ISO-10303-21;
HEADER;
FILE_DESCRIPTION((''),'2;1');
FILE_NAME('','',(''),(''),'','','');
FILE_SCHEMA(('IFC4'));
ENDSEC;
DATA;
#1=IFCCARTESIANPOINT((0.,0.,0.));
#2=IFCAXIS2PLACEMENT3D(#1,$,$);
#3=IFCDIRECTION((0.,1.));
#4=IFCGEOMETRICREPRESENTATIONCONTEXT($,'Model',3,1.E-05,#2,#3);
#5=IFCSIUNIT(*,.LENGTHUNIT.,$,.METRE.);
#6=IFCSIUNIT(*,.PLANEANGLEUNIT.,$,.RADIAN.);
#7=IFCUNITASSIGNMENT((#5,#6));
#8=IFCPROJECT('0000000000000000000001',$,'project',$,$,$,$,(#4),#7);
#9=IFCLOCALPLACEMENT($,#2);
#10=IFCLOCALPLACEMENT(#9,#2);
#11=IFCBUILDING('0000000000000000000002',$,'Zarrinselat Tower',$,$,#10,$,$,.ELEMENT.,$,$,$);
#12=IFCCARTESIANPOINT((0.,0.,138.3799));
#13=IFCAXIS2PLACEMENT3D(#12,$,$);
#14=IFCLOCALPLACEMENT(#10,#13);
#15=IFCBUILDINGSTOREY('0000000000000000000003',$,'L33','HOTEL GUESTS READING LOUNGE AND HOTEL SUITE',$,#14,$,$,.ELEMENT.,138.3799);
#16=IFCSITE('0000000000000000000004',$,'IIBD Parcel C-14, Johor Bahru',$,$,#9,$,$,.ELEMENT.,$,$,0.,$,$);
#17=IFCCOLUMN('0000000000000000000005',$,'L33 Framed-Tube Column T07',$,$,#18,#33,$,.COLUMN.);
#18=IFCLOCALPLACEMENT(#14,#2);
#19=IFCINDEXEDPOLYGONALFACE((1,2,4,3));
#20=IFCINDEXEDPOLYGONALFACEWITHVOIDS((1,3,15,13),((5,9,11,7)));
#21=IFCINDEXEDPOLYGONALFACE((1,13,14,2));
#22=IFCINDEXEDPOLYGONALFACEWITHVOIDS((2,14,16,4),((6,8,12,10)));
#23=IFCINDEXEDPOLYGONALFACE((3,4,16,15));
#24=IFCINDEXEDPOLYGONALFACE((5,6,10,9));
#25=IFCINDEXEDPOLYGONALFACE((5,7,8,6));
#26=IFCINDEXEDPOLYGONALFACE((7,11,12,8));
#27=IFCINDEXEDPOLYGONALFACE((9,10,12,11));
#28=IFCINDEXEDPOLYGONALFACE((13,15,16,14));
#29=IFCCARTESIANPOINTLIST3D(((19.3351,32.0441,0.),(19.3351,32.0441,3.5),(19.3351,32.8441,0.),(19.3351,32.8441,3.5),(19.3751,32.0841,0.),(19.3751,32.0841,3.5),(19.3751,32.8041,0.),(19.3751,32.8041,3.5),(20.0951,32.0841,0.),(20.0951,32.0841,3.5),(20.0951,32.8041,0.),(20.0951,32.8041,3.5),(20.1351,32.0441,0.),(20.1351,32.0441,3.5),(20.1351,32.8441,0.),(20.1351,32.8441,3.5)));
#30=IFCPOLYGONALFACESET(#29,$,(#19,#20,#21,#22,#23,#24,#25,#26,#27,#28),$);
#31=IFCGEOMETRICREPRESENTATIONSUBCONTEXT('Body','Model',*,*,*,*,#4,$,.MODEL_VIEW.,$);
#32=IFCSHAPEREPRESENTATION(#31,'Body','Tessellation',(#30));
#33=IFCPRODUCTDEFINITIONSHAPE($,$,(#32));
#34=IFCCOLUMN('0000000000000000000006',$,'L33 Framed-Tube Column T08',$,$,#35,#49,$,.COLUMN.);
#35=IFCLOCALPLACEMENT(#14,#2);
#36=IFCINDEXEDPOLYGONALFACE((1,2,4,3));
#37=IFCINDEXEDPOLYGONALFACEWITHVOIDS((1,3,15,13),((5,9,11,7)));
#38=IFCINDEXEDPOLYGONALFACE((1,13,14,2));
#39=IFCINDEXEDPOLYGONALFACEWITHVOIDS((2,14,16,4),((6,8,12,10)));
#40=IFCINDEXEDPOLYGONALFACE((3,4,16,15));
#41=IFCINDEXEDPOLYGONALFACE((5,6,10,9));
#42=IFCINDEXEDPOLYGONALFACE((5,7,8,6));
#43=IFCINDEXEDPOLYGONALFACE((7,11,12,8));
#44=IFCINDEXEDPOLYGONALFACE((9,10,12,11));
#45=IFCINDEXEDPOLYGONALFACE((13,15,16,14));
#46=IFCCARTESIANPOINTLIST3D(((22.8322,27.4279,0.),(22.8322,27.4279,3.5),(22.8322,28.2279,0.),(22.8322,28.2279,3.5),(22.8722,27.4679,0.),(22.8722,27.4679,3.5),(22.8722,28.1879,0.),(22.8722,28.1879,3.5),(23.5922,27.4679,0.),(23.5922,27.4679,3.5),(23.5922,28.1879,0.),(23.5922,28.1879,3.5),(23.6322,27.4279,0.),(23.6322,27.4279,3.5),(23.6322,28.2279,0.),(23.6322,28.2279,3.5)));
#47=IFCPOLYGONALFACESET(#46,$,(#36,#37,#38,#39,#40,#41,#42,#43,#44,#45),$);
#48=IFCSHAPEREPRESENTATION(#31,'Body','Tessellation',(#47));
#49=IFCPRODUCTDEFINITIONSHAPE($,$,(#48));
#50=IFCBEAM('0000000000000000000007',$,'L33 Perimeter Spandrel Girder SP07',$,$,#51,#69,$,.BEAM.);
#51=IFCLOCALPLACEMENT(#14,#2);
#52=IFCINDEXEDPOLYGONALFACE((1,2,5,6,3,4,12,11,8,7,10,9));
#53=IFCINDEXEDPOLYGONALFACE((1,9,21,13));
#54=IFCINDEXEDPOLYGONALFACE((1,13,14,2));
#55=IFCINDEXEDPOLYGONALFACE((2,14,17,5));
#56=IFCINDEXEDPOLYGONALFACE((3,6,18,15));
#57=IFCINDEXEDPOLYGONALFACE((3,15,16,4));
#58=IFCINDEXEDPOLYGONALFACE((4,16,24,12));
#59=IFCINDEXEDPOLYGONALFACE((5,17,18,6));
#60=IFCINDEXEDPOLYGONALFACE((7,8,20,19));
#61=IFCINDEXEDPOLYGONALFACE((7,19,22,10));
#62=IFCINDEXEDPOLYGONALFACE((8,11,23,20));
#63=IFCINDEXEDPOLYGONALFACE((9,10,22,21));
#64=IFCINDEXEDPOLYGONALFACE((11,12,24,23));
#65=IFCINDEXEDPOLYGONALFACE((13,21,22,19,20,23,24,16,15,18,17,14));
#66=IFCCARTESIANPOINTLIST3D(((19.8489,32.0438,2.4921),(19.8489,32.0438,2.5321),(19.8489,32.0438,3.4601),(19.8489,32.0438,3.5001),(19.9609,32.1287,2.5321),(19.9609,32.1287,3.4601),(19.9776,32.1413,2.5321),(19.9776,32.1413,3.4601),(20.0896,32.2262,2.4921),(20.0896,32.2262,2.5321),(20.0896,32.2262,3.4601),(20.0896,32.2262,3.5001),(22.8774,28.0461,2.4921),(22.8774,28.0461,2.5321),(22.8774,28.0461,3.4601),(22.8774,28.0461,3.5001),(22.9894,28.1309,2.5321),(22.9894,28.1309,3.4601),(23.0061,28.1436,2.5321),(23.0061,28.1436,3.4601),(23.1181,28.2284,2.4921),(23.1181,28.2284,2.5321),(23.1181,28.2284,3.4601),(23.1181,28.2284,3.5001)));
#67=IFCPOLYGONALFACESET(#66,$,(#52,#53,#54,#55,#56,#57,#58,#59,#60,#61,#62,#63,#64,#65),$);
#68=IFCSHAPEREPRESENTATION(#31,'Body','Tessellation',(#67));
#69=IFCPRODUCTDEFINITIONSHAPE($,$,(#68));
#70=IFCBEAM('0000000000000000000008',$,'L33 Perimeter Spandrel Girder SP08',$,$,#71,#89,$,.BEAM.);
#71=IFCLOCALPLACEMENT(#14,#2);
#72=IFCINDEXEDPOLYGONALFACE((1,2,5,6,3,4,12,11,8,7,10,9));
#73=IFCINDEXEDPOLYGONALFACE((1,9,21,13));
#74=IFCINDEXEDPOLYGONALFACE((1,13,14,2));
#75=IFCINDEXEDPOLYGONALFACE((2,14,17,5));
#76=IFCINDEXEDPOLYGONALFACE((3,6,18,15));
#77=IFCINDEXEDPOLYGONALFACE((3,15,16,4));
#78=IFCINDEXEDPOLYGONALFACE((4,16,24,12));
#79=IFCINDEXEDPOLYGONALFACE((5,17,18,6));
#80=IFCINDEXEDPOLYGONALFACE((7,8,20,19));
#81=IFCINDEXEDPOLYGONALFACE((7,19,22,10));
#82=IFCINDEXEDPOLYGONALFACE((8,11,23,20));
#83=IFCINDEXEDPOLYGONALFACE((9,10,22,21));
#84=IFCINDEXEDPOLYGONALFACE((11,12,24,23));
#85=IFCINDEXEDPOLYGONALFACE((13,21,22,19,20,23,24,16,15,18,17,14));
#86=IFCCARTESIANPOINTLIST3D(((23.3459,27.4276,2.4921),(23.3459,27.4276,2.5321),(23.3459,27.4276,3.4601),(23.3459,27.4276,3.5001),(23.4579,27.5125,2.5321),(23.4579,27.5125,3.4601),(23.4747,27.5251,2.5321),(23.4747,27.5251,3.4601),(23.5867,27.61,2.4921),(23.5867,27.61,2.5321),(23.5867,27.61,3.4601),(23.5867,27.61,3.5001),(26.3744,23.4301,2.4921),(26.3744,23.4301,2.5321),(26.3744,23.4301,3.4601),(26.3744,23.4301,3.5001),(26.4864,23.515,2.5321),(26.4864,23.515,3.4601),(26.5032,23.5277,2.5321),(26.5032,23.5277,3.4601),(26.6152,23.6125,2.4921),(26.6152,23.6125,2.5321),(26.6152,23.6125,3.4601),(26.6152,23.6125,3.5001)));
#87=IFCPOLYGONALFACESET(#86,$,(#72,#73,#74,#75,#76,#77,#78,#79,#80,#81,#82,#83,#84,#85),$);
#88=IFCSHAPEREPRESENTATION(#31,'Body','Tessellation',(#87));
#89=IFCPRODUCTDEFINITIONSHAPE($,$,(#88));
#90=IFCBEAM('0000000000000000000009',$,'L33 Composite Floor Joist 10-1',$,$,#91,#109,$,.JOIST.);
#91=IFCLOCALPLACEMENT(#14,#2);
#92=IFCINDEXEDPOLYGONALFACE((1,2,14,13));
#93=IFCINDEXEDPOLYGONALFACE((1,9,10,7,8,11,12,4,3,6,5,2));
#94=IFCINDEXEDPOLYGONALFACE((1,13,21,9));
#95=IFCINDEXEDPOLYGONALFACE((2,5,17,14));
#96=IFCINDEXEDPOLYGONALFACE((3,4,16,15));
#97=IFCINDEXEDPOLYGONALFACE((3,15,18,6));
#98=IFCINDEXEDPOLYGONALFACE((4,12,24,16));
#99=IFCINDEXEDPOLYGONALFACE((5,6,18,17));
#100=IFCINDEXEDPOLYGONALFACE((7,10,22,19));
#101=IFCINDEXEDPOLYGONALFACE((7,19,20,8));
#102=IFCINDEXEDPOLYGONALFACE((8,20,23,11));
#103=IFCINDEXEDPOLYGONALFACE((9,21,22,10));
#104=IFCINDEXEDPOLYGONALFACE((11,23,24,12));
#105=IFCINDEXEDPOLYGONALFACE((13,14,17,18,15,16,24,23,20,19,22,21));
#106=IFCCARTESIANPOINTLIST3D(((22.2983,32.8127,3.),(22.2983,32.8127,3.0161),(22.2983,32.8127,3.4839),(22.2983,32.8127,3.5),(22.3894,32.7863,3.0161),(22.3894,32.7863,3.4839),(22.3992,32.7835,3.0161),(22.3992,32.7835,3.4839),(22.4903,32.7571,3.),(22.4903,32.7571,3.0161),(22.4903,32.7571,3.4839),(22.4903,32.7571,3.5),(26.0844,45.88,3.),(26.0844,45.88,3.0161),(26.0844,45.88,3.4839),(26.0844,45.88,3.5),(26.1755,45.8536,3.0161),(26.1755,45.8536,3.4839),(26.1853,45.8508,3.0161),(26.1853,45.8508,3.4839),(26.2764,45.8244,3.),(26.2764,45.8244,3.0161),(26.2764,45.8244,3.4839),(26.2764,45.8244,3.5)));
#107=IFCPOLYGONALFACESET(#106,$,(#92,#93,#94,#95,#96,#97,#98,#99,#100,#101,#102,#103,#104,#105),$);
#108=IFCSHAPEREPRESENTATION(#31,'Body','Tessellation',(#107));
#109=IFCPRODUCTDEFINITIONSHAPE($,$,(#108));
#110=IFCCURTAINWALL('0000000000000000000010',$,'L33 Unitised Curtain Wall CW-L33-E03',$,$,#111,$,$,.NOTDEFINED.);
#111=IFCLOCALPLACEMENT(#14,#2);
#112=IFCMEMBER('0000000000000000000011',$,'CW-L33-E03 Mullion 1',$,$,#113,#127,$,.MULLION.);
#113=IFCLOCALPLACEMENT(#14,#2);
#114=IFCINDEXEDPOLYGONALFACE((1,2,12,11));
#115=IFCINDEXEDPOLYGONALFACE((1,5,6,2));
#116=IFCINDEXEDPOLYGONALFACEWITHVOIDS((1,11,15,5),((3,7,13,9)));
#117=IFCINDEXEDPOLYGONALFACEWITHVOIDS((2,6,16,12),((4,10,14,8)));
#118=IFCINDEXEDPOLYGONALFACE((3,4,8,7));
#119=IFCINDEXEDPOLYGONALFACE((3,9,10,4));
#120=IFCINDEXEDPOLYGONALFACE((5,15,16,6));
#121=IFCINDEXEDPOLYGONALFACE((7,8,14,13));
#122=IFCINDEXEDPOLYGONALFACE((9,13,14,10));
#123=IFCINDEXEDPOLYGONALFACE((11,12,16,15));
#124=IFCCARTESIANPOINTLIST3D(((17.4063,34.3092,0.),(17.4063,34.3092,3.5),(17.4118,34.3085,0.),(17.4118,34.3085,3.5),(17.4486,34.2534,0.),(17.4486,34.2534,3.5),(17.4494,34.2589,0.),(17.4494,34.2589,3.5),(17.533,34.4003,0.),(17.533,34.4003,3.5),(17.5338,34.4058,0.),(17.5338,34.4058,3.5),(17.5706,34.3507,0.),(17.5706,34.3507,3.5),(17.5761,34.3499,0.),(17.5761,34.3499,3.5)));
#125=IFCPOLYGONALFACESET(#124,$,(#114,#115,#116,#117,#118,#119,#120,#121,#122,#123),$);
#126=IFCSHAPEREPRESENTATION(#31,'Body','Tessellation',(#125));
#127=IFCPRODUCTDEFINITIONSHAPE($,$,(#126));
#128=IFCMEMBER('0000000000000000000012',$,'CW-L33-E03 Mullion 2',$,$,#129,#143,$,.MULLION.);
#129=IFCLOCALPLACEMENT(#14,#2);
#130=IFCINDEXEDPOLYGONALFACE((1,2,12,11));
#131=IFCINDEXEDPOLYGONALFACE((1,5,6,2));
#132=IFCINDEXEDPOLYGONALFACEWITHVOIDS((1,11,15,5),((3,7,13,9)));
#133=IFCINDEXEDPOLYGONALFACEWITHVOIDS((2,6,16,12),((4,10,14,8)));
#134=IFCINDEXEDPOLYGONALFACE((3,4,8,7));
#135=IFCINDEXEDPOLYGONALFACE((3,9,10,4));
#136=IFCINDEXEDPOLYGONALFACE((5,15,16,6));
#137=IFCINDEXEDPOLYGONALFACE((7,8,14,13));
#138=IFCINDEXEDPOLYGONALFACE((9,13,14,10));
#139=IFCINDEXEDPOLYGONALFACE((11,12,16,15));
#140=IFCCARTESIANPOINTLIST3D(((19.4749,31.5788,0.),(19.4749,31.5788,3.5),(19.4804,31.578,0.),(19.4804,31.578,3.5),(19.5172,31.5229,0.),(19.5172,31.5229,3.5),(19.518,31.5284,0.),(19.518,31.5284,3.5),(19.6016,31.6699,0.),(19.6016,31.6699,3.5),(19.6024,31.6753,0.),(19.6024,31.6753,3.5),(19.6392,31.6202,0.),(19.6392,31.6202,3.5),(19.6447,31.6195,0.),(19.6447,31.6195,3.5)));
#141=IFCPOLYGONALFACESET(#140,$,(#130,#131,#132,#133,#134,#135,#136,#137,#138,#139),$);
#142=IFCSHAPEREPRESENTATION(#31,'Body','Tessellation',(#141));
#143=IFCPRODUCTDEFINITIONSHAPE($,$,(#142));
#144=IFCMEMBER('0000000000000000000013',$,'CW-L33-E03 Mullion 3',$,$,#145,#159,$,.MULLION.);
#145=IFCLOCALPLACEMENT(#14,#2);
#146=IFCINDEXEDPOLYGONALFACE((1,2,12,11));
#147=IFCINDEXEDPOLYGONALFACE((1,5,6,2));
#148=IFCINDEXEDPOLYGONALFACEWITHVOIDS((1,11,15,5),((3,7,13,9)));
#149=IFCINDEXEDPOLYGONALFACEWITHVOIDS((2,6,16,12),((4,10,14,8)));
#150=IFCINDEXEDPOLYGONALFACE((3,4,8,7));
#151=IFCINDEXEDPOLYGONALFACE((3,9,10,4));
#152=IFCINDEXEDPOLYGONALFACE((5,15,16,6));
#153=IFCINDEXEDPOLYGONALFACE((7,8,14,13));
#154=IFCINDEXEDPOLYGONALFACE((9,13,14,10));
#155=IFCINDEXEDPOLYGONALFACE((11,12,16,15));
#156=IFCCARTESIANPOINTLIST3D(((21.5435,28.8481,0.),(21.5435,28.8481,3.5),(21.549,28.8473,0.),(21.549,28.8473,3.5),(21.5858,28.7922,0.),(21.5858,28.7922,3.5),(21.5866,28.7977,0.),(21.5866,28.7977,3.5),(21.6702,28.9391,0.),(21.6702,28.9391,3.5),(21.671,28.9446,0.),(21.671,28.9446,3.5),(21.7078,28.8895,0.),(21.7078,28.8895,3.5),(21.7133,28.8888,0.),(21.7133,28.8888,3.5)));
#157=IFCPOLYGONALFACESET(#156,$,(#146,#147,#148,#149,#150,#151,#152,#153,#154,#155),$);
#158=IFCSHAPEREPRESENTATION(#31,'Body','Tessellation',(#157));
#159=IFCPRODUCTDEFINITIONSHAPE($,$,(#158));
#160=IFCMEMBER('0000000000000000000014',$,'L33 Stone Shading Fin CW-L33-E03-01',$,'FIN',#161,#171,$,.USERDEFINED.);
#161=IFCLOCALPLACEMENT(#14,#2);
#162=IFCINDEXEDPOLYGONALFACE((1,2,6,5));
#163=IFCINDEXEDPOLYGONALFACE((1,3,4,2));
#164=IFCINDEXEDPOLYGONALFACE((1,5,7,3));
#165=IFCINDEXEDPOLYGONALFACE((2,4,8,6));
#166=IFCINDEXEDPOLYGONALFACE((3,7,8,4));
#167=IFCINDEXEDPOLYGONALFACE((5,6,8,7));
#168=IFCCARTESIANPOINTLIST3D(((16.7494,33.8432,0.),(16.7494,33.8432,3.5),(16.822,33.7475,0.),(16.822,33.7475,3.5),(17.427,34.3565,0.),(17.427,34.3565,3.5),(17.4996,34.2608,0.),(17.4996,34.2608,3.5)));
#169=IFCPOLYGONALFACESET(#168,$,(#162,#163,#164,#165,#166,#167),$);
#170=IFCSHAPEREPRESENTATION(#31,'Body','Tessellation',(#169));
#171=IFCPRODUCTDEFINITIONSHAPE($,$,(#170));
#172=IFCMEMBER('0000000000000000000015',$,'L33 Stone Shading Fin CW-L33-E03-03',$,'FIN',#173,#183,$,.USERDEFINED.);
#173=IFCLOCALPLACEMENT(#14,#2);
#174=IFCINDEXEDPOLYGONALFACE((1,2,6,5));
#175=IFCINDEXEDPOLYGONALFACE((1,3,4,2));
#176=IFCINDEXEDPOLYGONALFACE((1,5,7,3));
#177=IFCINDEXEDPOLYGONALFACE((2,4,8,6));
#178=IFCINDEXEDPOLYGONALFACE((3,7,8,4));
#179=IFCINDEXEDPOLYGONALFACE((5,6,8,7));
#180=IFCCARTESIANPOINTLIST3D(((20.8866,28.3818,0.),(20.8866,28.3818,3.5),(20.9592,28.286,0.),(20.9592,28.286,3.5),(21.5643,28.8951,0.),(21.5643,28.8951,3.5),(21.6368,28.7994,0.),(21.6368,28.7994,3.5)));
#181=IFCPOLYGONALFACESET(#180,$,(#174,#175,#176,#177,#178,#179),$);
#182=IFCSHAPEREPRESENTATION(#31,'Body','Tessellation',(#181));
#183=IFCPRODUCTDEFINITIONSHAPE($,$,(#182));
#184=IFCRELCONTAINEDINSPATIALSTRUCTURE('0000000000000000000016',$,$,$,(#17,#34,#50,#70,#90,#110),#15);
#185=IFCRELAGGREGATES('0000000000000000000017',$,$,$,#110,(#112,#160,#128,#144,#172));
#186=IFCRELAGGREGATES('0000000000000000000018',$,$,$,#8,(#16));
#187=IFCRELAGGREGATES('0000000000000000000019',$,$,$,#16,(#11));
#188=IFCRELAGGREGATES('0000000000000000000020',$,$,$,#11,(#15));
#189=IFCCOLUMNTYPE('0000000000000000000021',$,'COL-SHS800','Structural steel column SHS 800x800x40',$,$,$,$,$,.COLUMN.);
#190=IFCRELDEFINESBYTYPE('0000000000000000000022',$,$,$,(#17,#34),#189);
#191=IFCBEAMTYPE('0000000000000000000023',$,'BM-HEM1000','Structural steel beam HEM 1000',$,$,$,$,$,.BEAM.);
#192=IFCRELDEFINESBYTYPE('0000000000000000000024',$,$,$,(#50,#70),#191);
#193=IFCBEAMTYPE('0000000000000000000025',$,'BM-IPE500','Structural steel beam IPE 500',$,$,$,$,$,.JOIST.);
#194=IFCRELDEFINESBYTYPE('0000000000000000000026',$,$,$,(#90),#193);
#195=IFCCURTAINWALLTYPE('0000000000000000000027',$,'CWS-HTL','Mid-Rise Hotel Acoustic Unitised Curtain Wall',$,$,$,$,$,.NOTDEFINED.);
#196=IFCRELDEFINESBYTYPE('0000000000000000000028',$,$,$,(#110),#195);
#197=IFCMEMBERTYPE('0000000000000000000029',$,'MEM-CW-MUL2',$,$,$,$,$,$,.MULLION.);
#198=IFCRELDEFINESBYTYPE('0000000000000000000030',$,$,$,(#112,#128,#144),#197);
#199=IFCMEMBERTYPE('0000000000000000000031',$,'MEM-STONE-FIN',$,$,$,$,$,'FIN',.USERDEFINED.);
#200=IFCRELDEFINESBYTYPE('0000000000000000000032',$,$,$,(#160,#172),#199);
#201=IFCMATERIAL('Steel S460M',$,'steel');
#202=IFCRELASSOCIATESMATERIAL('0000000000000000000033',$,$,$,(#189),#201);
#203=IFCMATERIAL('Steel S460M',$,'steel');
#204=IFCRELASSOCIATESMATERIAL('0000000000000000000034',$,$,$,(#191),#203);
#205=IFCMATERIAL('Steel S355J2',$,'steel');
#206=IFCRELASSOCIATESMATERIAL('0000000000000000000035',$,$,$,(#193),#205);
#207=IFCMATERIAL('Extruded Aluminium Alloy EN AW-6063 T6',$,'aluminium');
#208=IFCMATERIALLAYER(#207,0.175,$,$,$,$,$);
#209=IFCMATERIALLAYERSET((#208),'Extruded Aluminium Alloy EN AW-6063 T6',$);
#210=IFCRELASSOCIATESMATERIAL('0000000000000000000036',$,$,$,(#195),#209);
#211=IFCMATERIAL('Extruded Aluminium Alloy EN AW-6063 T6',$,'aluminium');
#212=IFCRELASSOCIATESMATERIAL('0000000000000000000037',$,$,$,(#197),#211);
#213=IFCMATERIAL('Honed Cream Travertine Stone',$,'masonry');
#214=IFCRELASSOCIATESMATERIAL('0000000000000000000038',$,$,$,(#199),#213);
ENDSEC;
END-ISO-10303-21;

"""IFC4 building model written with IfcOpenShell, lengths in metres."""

from ifc_helpers import new_model, si_unit, direction, frame, origin, origin_2d, place, context, subcontext, project, spatial, rectangle, hollow_rectangle, i_section, extrude, material, layer, layer_set, material_profile, profile_set, type_object, element, aggregate, save


model = new_model("IFC4")

# Units and contexts
model_context = context("Model", 3, precision=1e-05, world=origin(), true_north=direction((0.0, 1.0)))
body_context = subcontext(model_context, "Body", "Model", "MODEL_VIEW")
ifc_project = project(units=[si_unit("LENGTHUNIT", "METRE"), si_unit("PLANEANGLEUNIT", "RADIAN")], contexts=[model_context])

# Site, building, storey
site_placement = place(None, origin())
site = spatial("IfcSite", under=ifc_project, at=site_placement, Name="IIBD Parcel C-14, Johor Bahru", CompositionType="ELEMENT", RefElevation=0.0)
building_placement = place(site_placement, origin())
building = spatial("IfcBuilding", under=site, at=building_placement, Name="Zarrinselat Tower", CompositionType="ELEMENT")
storey_placement = place(building_placement, frame((0.0, 0.0, 138.3799)))
storey = spatial("IfcBuildingStorey", under=building, at=storey_placement, Name="L33", Description="HOTEL GUESTS READING LOUNGE AND HOTEL SUITE", CompositionType="ELEMENT", Elevation=138.3799)

# Columns
ifc_material_1 = material(Name="Steel S460M", Category="steel")
ifc_material_profile_1 = material_profile(ifc_material_1, hollow_rectangle(XDim=0.8, YDim=0.8, WallThickness=0.04, at=origin_2d()), Name="SHS 800x800x40")
ifc_profile_set_1 = profile_set([ifc_material_profile_1], Name="Steel S460M")
column_type = type_object("IfcColumnType", Name="COL-SHS800", Description="Structural steel column SHS 800x800x40", PredefinedType="COLUMN", material=ifc_profile_set_1)
for number, where, z_axis, x_axis, name in (
    (1, (19.7351, 32.4441, 0.0), (0.0, 0.0, 1.0), (1.0, 0.0, 0.0), "L33 Framed-Tube Column T07"),
    (2, (23.2322, 27.8279, 0.0), (0.0, 0.0, 1.0), (1.0, 0.0, 0.0), "L33 Framed-Tube Column T08"),
):
    element("IfcColumn", number, at=place(storey_placement, frame(where, z_axis=z_axis, x_axis=x_axis)), inside=storey, type_object=column_type, Name=name, PredefinedType="COLUMN", context=body_context, shape_type="SweptSolid", body=[
        extrude(hollow_rectangle(XDim=0.8, YDim=0.8, WallThickness=0.04, at=origin_2d()), origin(), (0.0, 0.0, 1.0), 3.5),
    ])

# Beams
ifc_material_2 = material(Name="Steel S460M", Category="steel")
ifc_material_profile_2 = material_profile(ifc_material_2, i_section(OverallWidth=0.302, OverallDepth=1.0081, WebThickness=0.021, FlangeThickness=0.04, at=origin_2d()), Name="HEM 1000")
ifc_profile_set_2 = profile_set([ifc_material_profile_2], Name="Steel S460M")
beam_type_1 = type_object("IfcBeamType", Name="BM-HEM1000", Description="Structural steel beam HEM 1000", PredefinedType="BEAM", material=ifc_profile_set_2)
beam_1_placement = place(storey_placement, frame((19.9692, 32.135, 2.9961), z_axis=(0.603848, -0.797099, 0.0), x_axis=(0.797099, 0.603848, 0.0)))
element("IfcBeam", 3, at=beam_1_placement, inside=storey, type_object=beam_type_1, Name="L33 Perimeter Spandrel Girder SP07", PredefinedType="BEAM", context=body_context, shape_type="SweptSolid", body=[
    extrude(i_section(OverallWidth=0.302, OverallDepth=1.0081, WebThickness=0.021, FlangeThickness=0.04, at=origin_2d()), origin(), (0.0, 0.0, 1.0), 5.0154),
])
beam_2_placement = place(storey_placement, frame((23.4663, 27.5188, 2.9961), z_axis=(0.603872, -0.797081, 0.0), x_axis=(0.797081, 0.603872, 0.0)))
element("IfcBeam", 4, at=beam_2_placement, inside=storey, type_object=beam_type_1, Name="L33 Perimeter Spandrel Girder SP08", PredefinedType="BEAM", context=body_context, shape_type="SweptSolid", body=[
    extrude(i_section(OverallWidth=0.302, OverallDepth=1.0081, WebThickness=0.021, FlangeThickness=0.04, at=origin_2d()), origin(), (0.0, 0.0, 1.0), 5.0151),
])
ifc_material_3 = material(Name="Steel S355J2", Category="steel")
ifc_material_profile_3 = material_profile(ifc_material_3, i_section(OverallWidth=0.2, OverallDepth=0.5, WebThickness=0.0103, FlangeThickness=0.0161, at=origin_2d()), Name="IPE 500")
ifc_profile_set_3 = profile_set([ifc_material_profile_3], Name="Steel S355J2")
beam_type_2 = type_object("IfcBeamType", Name="BM-IPE500", Description="Structural steel beam IPE 500", PredefinedType="JOIST", material=ifc_profile_set_3)
beam_3_placement = place(storey_placement, frame((22.3943, 32.7849, 3.25), z_axis=(0.278293, 0.960496, 0.0), x_axis=(-0.960496, 0.278293, 0.0)))
element("IfcBeam", 5, at=beam_3_placement, inside=storey, type_object=beam_type_2, Name="L33 Composite Floor Joist 10-1", PredefinedType="JOIST", context=body_context, shape_type="SweptSolid", body=[
    extrude(i_section(OverallWidth=0.2, OverallDepth=0.5, WebThickness=0.0103, FlangeThickness=0.0161, at=origin_2d()), origin(), (0.0, 0.0, 1.0), 13.6047),
])

# Curtain wall, members
ifc_material_4 = material(Name="Extruded Aluminium Alloy EN AW-6063 T6", Category="aluminium")
ifc_layer_1 = layer(ifc_material_4, 0.175)
ifc_layer_set_1 = layer_set([ifc_layer_1], Name="Extruded Aluminium Alloy EN AW-6063 T6")
curtain_wall_type = type_object("IfcCurtainWallType", Name="CWS-HTL", Description="Mid-Rise Hotel Acoustic Unitised Curtain Wall", PredefinedType="NOTDEFINED", material=ifc_layer_set_1)
curtain_wall_placement = place(storey_placement, origin())
curtain_wall = element("IfcCurtainWall", 6, at=curtain_wall_placement, inside=storey, type_object=curtain_wall_type, Name="L33 Unitised Curtain Wall CW-L33-E03", PredefinedType="NOTDEFINED")
ifc_material_5 = material(Name="Extruded Aluminium Alloy EN AW-6063 T6", Category="aluminium")
ifc_material_profile_4 = material_profile(ifc_material_5, hollow_rectangle(XDim=0.0701, YDim=0.1599, WallThickness=0.0039, at=origin_2d()), Name="RHS 160x70x4")
ifc_profile_set_4 = profile_set([ifc_material_profile_4], Name="Extruded Aluminium Alloy EN AW-6063 T6")
member_type_1 = type_object("IfcMemberType", Name="MEM-CW-MUL2", PredefinedType="MULLION", material=ifc_profile_set_4)
member_1_placement = place(storey_placement, frame((17.4912, 34.3296, 0.0), z_axis=(0.0, 0.0, 1.0), x_axis=(0.603856, -0.797094, 0.0)))
member_1 = element("IfcMember", 7, at=member_1_placement, type_object=member_type_1, Name="CW-L33-E03 Mullion 1", PredefinedType="MULLION", context=body_context, shape_type="SweptSolid", body=[
    extrude(hollow_rectangle(XDim=0.0701, YDim=0.1599, WallThickness=0.0039, at=origin_2d()), origin(), (0.0, 0.0, 1.0), 3.5),
])
member_2_placement = place(storey_placement, frame((19.5598, 31.5991, 0.0), z_axis=(0.0, 0.0, 1.0), x_axis=(0.603856, -0.797094, 0.0)))
member_2 = element("IfcMember", 8, at=member_2_placement, type_object=member_type_1, Name="CW-L33-E03 Mullion 2", PredefinedType="MULLION", context=body_context, shape_type="SweptSolid", body=[
    extrude(hollow_rectangle(XDim=0.0701, YDim=0.1599, WallThickness=0.0039, at=origin_2d()), origin(), (0.0, 0.0, 1.0), 3.5),
])
member_3_placement = place(storey_placement, frame((21.6284, 28.8684, 0.0), z_axis=(0.0, 0.0, 1.0), x_axis=(0.603856, -0.797094, 0.0)))
member_3 = element("IfcMember", 9, at=member_3_placement, type_object=member_type_1, Name="CW-L33-E03 Mullion 3", PredefinedType="MULLION", context=body_context, shape_type="SweptSolid", body=[
    extrude(hollow_rectangle(XDim=0.0701, YDim=0.1599, WallThickness=0.0039, at=origin_2d()), origin(), (0.0, 0.0, 1.0), 3.5),
])
ifc_material_6 = material(Name="Honed Cream Travertine Stone", Category="masonry")
ifc_material_profile_5 = material_profile(ifc_material_6, rectangle(XDim=0.1201, YDim=0.8501, at=origin_2d()), Name="FIN 850x120")
ifc_profile_set_5 = profile_set([ifc_material_profile_5], Name="Honed Cream Travertine Stone")
member_type_2 = type_object("IfcMemberType", Name="MEM-STONE-FIN", ElementType="FIN", PredefinedType="USERDEFINED", material=ifc_profile_set_5)
member_4_placement = place(storey_placement, frame((17.1245, 34.052, 0.0), z_axis=(0.0, 0.0, 1.0), x_axis=(-0.603856, 0.797094, 0.0)))
member_4 = element("IfcMember", 10, at=member_4_placement, type_object=member_type_2, Name="L33 Stone Shading Fin CW-L33-E03-01", ObjectType="FIN", PredefinedType="USERDEFINED", context=body_context, shape_type="SweptSolid", body=[
    extrude(rectangle(XDim=0.1201, YDim=0.8501, at=origin_2d()), origin(), (0.0, 0.0, 1.0), 3.5),
])
member_5_placement = place(storey_placement, frame((21.2617, 28.5906, 0.0), z_axis=(0.0, 0.0, 1.0), x_axis=(-0.603856, 0.797094, 0.0)))
member_5 = element("IfcMember", 11, at=member_5_placement, type_object=member_type_2, Name="L33 Stone Shading Fin CW-L33-E03-03", ObjectType="FIN", PredefinedType="USERDEFINED", context=body_context, shape_type="SweptSolid", body=[
    extrude(rectangle(XDim=0.1201, YDim=0.8501, at=origin_2d()), origin(), (0.0, 0.0, 1.0), 3.5),
])
aggregate(curtain_wall, [member_1, member_4, member_2, member_3, member_5])

save(model, "model.ifc")
